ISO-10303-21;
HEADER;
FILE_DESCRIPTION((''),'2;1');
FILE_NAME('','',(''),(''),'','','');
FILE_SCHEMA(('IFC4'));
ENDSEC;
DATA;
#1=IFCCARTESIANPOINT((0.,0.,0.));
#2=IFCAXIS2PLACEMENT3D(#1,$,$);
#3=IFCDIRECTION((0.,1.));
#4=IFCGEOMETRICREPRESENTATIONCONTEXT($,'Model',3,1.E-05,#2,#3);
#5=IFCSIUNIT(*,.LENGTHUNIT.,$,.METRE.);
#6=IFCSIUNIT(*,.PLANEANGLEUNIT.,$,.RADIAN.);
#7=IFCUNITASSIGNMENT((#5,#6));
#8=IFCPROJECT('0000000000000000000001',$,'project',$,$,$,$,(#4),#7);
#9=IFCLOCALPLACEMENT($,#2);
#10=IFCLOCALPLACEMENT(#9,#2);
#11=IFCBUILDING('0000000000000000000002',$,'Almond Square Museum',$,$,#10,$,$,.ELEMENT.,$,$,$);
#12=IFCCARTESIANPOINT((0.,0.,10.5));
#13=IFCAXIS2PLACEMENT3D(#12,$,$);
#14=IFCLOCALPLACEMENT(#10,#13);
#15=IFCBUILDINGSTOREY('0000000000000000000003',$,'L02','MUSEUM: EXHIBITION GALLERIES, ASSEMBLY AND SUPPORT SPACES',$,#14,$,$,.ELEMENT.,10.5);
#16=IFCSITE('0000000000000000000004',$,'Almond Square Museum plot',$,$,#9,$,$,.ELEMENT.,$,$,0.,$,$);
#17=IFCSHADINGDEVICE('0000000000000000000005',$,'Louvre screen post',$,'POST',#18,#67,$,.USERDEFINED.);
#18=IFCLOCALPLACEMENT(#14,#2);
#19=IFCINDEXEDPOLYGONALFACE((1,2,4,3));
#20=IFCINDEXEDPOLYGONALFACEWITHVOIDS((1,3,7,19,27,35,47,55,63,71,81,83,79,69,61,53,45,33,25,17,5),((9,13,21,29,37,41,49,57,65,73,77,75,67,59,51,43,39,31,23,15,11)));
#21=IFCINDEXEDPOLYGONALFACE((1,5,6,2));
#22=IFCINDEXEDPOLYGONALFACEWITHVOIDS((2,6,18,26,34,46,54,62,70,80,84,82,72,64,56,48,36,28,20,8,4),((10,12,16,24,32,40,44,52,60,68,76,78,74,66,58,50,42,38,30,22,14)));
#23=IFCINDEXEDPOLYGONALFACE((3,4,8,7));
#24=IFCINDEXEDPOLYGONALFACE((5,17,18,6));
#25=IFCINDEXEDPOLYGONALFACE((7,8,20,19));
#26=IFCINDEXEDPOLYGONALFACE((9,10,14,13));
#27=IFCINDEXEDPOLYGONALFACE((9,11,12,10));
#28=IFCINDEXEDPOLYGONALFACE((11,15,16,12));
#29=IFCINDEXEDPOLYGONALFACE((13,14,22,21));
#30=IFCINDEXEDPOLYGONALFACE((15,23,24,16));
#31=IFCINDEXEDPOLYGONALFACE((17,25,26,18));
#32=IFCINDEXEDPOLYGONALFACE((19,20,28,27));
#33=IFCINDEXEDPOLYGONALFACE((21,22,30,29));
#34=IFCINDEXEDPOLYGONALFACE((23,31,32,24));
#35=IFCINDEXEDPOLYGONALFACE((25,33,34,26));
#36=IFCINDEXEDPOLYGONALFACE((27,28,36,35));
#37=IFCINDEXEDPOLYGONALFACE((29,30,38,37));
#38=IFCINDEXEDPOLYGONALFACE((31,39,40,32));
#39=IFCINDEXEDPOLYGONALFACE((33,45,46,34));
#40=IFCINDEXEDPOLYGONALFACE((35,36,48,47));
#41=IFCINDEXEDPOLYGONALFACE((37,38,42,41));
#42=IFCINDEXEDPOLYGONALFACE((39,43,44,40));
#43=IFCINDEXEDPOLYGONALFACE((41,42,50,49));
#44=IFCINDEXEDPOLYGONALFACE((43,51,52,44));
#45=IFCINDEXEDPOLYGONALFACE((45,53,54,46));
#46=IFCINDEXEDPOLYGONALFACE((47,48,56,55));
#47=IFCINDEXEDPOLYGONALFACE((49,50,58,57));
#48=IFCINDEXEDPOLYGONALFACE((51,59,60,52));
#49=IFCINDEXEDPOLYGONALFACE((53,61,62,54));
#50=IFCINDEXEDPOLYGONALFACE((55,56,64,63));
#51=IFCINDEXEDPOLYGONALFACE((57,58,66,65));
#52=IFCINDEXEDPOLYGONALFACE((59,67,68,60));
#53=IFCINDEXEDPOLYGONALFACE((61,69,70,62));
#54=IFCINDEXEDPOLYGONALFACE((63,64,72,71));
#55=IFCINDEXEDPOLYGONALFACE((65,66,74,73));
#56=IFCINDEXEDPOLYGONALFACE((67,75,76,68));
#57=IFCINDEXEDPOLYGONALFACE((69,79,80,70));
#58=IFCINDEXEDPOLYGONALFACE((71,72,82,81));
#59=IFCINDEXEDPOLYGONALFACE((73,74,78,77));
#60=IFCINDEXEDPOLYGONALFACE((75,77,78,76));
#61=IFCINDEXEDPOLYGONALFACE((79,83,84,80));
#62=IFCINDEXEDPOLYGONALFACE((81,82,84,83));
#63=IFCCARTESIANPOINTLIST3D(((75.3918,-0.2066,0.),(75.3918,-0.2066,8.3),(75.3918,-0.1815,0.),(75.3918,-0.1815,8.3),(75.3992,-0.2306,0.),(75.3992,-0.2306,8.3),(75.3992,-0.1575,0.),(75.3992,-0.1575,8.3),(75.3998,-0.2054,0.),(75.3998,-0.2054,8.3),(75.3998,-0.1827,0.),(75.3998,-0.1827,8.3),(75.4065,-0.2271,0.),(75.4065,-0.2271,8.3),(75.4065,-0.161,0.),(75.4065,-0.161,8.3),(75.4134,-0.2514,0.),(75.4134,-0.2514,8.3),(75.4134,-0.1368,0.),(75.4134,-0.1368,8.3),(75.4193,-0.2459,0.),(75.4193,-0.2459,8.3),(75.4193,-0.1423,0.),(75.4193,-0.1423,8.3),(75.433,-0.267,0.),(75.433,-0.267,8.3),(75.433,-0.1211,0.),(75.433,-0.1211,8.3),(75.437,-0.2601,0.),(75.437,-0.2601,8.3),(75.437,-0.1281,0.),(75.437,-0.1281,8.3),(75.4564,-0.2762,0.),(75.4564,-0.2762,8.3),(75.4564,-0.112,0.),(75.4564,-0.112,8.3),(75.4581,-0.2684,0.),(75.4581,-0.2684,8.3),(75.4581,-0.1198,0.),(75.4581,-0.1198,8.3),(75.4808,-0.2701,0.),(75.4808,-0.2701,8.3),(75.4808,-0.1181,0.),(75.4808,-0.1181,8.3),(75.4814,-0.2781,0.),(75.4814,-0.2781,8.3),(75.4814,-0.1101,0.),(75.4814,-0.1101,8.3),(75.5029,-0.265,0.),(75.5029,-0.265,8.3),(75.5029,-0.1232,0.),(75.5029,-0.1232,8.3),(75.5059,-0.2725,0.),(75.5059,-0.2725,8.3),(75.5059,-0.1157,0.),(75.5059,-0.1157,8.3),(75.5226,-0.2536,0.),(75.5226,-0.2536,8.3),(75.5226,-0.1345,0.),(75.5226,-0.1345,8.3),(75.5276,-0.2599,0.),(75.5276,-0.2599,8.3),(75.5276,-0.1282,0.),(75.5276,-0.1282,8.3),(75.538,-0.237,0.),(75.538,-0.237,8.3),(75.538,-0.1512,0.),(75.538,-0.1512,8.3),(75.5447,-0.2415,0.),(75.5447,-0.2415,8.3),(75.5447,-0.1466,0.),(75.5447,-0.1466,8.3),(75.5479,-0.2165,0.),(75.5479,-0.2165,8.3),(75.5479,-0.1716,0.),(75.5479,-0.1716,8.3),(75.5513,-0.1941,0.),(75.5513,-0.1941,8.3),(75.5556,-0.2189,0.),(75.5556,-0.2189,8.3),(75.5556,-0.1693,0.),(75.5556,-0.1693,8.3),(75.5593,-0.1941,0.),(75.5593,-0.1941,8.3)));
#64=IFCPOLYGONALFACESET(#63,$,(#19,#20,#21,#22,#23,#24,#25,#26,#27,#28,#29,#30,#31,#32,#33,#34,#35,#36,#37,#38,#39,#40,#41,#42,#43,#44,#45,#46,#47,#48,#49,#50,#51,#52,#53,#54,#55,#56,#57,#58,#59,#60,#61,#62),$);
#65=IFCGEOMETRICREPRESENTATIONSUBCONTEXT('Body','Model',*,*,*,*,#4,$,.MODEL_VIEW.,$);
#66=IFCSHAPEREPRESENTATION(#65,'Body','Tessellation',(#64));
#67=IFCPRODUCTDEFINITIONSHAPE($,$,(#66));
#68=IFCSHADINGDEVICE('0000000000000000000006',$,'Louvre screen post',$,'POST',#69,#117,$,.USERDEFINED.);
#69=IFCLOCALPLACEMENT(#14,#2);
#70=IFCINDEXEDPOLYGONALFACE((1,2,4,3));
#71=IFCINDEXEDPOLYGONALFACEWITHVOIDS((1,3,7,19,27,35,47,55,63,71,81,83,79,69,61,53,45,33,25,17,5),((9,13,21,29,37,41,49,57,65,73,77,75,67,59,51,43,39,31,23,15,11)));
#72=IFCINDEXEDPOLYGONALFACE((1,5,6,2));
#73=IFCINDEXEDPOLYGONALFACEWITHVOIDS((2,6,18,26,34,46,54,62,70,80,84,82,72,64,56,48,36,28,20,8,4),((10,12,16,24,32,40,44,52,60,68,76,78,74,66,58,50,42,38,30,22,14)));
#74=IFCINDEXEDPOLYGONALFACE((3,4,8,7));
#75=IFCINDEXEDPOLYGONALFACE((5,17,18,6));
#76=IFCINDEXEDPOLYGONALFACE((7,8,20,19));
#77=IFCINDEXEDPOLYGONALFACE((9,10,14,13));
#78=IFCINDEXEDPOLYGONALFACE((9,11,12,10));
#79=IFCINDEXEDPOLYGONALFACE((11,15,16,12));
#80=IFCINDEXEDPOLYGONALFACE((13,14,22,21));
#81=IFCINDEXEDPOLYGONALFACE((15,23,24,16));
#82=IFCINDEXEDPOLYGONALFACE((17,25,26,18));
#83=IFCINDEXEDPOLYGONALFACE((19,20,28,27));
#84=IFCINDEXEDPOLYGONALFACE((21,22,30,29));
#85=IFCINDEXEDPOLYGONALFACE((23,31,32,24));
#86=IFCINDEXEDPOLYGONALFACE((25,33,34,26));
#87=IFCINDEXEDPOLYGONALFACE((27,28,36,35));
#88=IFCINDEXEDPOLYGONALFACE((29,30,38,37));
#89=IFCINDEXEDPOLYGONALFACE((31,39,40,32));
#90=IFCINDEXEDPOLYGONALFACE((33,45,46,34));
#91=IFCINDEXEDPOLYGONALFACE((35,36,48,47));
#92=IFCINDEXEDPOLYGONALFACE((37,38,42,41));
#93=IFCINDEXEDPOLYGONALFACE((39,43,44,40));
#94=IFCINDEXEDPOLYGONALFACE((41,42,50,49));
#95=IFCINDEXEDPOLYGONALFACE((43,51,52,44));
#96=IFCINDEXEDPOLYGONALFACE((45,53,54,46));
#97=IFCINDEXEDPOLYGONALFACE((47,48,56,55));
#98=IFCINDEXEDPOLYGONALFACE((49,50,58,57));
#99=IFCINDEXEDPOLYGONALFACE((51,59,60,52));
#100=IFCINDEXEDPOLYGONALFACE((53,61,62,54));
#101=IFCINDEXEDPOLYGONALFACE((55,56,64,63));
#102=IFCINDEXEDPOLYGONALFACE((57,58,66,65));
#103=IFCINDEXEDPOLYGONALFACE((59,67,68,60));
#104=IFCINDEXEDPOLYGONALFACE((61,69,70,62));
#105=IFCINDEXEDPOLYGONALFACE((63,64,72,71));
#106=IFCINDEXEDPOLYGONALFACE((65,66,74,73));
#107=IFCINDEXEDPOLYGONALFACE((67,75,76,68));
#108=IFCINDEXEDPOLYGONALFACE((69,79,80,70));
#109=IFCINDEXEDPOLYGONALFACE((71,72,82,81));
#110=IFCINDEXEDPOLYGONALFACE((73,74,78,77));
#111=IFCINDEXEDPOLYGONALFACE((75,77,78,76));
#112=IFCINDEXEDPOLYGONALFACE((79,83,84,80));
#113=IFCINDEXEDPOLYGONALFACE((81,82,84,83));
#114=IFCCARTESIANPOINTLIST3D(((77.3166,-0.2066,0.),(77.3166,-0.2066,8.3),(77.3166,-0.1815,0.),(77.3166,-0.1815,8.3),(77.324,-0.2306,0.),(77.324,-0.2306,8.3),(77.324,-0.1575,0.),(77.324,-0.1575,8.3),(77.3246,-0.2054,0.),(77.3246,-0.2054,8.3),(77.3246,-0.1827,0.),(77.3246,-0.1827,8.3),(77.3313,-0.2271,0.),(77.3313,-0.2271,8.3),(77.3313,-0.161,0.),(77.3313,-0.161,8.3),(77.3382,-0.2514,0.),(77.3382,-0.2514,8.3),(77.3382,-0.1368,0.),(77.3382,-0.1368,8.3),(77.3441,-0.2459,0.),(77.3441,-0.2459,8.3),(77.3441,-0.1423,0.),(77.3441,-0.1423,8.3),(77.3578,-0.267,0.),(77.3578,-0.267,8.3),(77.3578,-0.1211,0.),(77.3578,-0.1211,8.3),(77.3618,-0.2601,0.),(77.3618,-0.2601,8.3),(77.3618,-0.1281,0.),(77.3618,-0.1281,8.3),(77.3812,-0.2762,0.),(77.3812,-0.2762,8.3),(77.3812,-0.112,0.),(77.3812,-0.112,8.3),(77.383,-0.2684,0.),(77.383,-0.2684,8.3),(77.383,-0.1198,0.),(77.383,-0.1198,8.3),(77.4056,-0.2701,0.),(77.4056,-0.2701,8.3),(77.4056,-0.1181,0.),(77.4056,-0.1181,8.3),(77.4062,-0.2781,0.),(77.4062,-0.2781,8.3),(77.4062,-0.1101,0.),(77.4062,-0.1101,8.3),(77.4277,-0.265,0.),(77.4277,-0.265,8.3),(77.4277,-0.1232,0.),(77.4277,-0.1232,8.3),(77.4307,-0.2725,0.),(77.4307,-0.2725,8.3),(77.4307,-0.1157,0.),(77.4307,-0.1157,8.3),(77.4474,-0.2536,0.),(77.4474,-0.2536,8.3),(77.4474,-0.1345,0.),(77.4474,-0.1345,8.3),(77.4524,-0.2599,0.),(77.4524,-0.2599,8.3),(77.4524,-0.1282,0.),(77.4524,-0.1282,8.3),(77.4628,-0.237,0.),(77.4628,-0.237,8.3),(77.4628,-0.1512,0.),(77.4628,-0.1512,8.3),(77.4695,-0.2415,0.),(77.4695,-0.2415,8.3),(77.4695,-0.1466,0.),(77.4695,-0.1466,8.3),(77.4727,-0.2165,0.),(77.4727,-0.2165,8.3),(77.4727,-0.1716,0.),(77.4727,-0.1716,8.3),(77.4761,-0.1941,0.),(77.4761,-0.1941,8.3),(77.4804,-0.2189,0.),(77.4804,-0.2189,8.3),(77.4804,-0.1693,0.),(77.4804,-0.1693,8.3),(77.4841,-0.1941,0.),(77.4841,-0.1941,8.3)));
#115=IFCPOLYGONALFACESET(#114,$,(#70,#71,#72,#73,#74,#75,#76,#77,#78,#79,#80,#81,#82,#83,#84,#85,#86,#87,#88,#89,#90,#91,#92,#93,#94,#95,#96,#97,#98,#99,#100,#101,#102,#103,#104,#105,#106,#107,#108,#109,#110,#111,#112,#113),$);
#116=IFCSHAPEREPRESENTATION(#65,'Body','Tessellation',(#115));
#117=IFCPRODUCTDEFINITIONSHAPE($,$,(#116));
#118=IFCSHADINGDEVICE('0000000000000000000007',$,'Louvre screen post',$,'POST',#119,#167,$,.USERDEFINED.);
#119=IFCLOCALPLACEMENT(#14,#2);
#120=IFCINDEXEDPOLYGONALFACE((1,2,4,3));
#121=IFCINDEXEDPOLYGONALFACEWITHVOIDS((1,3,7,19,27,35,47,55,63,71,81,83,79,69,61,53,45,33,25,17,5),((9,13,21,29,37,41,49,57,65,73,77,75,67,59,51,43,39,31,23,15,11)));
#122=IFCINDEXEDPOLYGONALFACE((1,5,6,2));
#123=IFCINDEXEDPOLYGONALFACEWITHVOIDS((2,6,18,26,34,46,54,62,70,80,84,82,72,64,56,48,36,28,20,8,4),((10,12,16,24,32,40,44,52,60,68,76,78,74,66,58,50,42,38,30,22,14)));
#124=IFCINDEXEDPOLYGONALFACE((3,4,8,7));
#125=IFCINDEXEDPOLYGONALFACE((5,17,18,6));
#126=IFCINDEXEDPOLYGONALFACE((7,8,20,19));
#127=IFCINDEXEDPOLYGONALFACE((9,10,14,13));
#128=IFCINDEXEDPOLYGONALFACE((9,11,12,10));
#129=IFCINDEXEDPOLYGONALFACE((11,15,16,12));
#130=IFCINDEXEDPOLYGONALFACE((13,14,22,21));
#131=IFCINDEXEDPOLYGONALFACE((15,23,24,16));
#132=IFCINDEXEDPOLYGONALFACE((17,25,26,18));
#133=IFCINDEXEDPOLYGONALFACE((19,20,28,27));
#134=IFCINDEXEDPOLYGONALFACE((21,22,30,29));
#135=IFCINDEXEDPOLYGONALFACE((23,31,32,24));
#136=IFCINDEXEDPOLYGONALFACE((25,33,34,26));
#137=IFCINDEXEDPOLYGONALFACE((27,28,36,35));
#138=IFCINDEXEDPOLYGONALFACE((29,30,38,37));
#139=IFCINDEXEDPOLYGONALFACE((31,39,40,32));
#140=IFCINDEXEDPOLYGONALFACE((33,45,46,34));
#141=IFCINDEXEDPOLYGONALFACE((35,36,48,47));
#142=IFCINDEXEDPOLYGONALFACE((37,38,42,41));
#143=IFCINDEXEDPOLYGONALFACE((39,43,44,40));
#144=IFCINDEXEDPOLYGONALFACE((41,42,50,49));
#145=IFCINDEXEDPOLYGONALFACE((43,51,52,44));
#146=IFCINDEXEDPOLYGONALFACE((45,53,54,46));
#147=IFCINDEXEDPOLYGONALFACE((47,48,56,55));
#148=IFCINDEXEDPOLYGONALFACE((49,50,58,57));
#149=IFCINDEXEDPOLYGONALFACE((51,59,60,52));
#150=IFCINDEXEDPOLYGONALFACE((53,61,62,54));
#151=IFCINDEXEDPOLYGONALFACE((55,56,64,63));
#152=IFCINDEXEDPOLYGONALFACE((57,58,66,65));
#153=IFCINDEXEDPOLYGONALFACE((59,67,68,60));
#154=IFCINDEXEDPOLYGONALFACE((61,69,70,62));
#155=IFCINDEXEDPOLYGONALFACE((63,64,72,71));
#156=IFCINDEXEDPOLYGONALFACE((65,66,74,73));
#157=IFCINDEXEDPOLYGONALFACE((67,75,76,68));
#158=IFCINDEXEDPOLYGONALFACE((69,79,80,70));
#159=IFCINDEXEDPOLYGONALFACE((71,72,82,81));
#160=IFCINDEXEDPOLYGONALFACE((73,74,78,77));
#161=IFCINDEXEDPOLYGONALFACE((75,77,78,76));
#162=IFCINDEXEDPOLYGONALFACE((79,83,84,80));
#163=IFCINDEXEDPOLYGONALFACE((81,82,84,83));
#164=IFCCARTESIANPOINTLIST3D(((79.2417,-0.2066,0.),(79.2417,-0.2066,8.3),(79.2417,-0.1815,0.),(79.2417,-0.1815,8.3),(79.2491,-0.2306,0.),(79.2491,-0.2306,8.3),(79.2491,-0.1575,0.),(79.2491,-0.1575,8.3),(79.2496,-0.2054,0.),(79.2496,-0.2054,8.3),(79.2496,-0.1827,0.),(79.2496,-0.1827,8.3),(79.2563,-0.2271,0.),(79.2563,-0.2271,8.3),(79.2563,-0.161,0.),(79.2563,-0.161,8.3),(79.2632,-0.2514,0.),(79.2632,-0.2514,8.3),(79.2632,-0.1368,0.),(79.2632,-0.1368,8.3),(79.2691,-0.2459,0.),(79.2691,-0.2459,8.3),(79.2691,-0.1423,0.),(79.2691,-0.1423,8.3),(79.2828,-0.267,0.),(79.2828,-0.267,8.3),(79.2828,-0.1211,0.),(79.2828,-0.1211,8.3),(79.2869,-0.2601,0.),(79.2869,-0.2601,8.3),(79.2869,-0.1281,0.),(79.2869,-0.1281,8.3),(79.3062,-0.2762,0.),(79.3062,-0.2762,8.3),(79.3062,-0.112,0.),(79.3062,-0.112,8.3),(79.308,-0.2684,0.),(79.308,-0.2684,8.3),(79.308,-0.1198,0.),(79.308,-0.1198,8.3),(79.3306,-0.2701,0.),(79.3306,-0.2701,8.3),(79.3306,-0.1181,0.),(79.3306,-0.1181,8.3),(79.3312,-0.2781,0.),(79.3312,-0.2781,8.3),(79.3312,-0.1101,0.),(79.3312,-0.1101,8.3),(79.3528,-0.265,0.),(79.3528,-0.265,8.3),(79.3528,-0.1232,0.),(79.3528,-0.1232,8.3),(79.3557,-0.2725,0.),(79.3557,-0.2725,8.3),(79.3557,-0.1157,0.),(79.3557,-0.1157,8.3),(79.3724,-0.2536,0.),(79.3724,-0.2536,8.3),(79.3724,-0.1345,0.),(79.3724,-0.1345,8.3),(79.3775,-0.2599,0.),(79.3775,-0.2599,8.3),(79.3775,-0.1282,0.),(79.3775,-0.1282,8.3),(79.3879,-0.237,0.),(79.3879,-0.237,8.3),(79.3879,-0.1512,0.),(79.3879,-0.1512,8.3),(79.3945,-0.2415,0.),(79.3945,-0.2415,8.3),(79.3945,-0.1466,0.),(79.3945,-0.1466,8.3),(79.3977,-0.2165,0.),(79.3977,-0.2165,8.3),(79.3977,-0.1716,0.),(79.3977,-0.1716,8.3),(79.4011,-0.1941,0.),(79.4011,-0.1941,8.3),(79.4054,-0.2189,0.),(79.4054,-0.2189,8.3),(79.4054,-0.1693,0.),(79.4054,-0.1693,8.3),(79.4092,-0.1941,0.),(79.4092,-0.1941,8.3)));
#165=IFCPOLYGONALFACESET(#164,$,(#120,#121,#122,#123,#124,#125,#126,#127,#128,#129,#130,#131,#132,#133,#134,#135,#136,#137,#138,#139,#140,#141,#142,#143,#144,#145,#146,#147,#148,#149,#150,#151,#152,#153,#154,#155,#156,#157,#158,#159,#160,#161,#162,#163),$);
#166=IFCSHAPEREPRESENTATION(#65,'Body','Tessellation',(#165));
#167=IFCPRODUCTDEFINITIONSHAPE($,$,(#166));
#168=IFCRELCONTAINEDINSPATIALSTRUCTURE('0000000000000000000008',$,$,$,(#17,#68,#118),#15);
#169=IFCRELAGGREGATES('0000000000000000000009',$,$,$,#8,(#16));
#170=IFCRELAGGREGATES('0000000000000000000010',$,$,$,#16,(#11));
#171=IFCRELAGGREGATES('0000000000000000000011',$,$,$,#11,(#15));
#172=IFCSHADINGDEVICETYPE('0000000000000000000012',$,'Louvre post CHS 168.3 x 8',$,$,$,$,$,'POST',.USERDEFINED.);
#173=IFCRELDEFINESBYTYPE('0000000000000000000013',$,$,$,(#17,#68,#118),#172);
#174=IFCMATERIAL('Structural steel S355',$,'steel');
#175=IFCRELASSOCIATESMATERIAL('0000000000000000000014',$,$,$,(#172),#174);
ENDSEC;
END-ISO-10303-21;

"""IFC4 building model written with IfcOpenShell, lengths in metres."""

from ifc_helpers import new_model, si_unit, direction, frame, origin, origin_2d, place, context, subcontext, project, spatial, hollow_circle, extrude, material, material_profile, profile_set, type_object, element, save


model = new_model("IFC4")

# Units and contexts
model_context = context("Model", 3, precision=1e-05, world=origin(), true_north=direction((0.0, 1.0)))
body_context = subcontext(model_context, "Body", "Model", "MODEL_VIEW")
ifc_project = project(units=[si_unit("LENGTHUNIT", "METRE"), si_unit("PLANEANGLEUNIT", "RADIAN")], contexts=[model_context])

# Site, building, storey
site_placement = place(None, origin())
site = spatial("IfcSite", under=ifc_project, at=site_placement, Name="Almond Square Museum plot", CompositionType="ELEMENT", RefElevation=0.0)
building_placement = place(site_placement, origin())
building = spatial("IfcBuilding", under=site, at=building_placement, Name="Almond Square Museum", CompositionType="ELEMENT")
storey_placement = place(building_placement, frame((0.0, 0.0, 10.5)))
storey = spatial("IfcBuildingStorey", under=building, at=storey_placement, Name="L02", Description="MUSEUM: EXHIBITION GALLERIES, ASSEMBLY AND SUPPORT SPACES", CompositionType="ELEMENT", Elevation=10.5)

# Shading devices
ifc_material_1 = material(Name="Structural steel S355", Category="steel")
ifc_material_profile_1 = material_profile(ifc_material_1, hollow_circle(Radius=0.0842, WallThickness=0.0081, at=origin_2d()))
ifc_profile_set_1 = profile_set([ifc_material_profile_1], Name="Structural steel S355")
shading_device_type = type_object("IfcShadingDeviceType", Name="Louvre post CHS 168.3 x 8", ElementType="POST", PredefinedType="USERDEFINED", material=ifc_profile_set_1)
for number, where, z_axis, x_axis, name in (
    (1, (75.4751, -0.1941, 0.0), (0.0, 0.0, 1.0), (1.0, 0.0, 0.0), "Louvre screen post"),
    (2, (77.3999, -0.1941, 0.0), (0.0, 0.0, 1.0), (1.0, 0.0, 0.0), "Louvre screen post"),
    (3, (79.325, -0.1941, 0.0), (0.0, 0.0, 1.0), (1.0, 0.0, 0.0), "Louvre screen post"),
):
    element("IfcShadingDevice", number, at=place(storey_placement, frame(where, z_axis=z_axis, x_axis=x_axis)), inside=storey, type_object=shading_device_type, Name=name, ObjectType="POST", PredefinedType="USERDEFINED", context=body_context, shape_type="SweptSolid", body=[
        extrude(hollow_circle(Radius=0.0842, WallThickness=0.0081, at=origin_2d()), origin(), (0.0, 0.0, 1.0), 8.3),
    ])

save(model, "model.ifc")
